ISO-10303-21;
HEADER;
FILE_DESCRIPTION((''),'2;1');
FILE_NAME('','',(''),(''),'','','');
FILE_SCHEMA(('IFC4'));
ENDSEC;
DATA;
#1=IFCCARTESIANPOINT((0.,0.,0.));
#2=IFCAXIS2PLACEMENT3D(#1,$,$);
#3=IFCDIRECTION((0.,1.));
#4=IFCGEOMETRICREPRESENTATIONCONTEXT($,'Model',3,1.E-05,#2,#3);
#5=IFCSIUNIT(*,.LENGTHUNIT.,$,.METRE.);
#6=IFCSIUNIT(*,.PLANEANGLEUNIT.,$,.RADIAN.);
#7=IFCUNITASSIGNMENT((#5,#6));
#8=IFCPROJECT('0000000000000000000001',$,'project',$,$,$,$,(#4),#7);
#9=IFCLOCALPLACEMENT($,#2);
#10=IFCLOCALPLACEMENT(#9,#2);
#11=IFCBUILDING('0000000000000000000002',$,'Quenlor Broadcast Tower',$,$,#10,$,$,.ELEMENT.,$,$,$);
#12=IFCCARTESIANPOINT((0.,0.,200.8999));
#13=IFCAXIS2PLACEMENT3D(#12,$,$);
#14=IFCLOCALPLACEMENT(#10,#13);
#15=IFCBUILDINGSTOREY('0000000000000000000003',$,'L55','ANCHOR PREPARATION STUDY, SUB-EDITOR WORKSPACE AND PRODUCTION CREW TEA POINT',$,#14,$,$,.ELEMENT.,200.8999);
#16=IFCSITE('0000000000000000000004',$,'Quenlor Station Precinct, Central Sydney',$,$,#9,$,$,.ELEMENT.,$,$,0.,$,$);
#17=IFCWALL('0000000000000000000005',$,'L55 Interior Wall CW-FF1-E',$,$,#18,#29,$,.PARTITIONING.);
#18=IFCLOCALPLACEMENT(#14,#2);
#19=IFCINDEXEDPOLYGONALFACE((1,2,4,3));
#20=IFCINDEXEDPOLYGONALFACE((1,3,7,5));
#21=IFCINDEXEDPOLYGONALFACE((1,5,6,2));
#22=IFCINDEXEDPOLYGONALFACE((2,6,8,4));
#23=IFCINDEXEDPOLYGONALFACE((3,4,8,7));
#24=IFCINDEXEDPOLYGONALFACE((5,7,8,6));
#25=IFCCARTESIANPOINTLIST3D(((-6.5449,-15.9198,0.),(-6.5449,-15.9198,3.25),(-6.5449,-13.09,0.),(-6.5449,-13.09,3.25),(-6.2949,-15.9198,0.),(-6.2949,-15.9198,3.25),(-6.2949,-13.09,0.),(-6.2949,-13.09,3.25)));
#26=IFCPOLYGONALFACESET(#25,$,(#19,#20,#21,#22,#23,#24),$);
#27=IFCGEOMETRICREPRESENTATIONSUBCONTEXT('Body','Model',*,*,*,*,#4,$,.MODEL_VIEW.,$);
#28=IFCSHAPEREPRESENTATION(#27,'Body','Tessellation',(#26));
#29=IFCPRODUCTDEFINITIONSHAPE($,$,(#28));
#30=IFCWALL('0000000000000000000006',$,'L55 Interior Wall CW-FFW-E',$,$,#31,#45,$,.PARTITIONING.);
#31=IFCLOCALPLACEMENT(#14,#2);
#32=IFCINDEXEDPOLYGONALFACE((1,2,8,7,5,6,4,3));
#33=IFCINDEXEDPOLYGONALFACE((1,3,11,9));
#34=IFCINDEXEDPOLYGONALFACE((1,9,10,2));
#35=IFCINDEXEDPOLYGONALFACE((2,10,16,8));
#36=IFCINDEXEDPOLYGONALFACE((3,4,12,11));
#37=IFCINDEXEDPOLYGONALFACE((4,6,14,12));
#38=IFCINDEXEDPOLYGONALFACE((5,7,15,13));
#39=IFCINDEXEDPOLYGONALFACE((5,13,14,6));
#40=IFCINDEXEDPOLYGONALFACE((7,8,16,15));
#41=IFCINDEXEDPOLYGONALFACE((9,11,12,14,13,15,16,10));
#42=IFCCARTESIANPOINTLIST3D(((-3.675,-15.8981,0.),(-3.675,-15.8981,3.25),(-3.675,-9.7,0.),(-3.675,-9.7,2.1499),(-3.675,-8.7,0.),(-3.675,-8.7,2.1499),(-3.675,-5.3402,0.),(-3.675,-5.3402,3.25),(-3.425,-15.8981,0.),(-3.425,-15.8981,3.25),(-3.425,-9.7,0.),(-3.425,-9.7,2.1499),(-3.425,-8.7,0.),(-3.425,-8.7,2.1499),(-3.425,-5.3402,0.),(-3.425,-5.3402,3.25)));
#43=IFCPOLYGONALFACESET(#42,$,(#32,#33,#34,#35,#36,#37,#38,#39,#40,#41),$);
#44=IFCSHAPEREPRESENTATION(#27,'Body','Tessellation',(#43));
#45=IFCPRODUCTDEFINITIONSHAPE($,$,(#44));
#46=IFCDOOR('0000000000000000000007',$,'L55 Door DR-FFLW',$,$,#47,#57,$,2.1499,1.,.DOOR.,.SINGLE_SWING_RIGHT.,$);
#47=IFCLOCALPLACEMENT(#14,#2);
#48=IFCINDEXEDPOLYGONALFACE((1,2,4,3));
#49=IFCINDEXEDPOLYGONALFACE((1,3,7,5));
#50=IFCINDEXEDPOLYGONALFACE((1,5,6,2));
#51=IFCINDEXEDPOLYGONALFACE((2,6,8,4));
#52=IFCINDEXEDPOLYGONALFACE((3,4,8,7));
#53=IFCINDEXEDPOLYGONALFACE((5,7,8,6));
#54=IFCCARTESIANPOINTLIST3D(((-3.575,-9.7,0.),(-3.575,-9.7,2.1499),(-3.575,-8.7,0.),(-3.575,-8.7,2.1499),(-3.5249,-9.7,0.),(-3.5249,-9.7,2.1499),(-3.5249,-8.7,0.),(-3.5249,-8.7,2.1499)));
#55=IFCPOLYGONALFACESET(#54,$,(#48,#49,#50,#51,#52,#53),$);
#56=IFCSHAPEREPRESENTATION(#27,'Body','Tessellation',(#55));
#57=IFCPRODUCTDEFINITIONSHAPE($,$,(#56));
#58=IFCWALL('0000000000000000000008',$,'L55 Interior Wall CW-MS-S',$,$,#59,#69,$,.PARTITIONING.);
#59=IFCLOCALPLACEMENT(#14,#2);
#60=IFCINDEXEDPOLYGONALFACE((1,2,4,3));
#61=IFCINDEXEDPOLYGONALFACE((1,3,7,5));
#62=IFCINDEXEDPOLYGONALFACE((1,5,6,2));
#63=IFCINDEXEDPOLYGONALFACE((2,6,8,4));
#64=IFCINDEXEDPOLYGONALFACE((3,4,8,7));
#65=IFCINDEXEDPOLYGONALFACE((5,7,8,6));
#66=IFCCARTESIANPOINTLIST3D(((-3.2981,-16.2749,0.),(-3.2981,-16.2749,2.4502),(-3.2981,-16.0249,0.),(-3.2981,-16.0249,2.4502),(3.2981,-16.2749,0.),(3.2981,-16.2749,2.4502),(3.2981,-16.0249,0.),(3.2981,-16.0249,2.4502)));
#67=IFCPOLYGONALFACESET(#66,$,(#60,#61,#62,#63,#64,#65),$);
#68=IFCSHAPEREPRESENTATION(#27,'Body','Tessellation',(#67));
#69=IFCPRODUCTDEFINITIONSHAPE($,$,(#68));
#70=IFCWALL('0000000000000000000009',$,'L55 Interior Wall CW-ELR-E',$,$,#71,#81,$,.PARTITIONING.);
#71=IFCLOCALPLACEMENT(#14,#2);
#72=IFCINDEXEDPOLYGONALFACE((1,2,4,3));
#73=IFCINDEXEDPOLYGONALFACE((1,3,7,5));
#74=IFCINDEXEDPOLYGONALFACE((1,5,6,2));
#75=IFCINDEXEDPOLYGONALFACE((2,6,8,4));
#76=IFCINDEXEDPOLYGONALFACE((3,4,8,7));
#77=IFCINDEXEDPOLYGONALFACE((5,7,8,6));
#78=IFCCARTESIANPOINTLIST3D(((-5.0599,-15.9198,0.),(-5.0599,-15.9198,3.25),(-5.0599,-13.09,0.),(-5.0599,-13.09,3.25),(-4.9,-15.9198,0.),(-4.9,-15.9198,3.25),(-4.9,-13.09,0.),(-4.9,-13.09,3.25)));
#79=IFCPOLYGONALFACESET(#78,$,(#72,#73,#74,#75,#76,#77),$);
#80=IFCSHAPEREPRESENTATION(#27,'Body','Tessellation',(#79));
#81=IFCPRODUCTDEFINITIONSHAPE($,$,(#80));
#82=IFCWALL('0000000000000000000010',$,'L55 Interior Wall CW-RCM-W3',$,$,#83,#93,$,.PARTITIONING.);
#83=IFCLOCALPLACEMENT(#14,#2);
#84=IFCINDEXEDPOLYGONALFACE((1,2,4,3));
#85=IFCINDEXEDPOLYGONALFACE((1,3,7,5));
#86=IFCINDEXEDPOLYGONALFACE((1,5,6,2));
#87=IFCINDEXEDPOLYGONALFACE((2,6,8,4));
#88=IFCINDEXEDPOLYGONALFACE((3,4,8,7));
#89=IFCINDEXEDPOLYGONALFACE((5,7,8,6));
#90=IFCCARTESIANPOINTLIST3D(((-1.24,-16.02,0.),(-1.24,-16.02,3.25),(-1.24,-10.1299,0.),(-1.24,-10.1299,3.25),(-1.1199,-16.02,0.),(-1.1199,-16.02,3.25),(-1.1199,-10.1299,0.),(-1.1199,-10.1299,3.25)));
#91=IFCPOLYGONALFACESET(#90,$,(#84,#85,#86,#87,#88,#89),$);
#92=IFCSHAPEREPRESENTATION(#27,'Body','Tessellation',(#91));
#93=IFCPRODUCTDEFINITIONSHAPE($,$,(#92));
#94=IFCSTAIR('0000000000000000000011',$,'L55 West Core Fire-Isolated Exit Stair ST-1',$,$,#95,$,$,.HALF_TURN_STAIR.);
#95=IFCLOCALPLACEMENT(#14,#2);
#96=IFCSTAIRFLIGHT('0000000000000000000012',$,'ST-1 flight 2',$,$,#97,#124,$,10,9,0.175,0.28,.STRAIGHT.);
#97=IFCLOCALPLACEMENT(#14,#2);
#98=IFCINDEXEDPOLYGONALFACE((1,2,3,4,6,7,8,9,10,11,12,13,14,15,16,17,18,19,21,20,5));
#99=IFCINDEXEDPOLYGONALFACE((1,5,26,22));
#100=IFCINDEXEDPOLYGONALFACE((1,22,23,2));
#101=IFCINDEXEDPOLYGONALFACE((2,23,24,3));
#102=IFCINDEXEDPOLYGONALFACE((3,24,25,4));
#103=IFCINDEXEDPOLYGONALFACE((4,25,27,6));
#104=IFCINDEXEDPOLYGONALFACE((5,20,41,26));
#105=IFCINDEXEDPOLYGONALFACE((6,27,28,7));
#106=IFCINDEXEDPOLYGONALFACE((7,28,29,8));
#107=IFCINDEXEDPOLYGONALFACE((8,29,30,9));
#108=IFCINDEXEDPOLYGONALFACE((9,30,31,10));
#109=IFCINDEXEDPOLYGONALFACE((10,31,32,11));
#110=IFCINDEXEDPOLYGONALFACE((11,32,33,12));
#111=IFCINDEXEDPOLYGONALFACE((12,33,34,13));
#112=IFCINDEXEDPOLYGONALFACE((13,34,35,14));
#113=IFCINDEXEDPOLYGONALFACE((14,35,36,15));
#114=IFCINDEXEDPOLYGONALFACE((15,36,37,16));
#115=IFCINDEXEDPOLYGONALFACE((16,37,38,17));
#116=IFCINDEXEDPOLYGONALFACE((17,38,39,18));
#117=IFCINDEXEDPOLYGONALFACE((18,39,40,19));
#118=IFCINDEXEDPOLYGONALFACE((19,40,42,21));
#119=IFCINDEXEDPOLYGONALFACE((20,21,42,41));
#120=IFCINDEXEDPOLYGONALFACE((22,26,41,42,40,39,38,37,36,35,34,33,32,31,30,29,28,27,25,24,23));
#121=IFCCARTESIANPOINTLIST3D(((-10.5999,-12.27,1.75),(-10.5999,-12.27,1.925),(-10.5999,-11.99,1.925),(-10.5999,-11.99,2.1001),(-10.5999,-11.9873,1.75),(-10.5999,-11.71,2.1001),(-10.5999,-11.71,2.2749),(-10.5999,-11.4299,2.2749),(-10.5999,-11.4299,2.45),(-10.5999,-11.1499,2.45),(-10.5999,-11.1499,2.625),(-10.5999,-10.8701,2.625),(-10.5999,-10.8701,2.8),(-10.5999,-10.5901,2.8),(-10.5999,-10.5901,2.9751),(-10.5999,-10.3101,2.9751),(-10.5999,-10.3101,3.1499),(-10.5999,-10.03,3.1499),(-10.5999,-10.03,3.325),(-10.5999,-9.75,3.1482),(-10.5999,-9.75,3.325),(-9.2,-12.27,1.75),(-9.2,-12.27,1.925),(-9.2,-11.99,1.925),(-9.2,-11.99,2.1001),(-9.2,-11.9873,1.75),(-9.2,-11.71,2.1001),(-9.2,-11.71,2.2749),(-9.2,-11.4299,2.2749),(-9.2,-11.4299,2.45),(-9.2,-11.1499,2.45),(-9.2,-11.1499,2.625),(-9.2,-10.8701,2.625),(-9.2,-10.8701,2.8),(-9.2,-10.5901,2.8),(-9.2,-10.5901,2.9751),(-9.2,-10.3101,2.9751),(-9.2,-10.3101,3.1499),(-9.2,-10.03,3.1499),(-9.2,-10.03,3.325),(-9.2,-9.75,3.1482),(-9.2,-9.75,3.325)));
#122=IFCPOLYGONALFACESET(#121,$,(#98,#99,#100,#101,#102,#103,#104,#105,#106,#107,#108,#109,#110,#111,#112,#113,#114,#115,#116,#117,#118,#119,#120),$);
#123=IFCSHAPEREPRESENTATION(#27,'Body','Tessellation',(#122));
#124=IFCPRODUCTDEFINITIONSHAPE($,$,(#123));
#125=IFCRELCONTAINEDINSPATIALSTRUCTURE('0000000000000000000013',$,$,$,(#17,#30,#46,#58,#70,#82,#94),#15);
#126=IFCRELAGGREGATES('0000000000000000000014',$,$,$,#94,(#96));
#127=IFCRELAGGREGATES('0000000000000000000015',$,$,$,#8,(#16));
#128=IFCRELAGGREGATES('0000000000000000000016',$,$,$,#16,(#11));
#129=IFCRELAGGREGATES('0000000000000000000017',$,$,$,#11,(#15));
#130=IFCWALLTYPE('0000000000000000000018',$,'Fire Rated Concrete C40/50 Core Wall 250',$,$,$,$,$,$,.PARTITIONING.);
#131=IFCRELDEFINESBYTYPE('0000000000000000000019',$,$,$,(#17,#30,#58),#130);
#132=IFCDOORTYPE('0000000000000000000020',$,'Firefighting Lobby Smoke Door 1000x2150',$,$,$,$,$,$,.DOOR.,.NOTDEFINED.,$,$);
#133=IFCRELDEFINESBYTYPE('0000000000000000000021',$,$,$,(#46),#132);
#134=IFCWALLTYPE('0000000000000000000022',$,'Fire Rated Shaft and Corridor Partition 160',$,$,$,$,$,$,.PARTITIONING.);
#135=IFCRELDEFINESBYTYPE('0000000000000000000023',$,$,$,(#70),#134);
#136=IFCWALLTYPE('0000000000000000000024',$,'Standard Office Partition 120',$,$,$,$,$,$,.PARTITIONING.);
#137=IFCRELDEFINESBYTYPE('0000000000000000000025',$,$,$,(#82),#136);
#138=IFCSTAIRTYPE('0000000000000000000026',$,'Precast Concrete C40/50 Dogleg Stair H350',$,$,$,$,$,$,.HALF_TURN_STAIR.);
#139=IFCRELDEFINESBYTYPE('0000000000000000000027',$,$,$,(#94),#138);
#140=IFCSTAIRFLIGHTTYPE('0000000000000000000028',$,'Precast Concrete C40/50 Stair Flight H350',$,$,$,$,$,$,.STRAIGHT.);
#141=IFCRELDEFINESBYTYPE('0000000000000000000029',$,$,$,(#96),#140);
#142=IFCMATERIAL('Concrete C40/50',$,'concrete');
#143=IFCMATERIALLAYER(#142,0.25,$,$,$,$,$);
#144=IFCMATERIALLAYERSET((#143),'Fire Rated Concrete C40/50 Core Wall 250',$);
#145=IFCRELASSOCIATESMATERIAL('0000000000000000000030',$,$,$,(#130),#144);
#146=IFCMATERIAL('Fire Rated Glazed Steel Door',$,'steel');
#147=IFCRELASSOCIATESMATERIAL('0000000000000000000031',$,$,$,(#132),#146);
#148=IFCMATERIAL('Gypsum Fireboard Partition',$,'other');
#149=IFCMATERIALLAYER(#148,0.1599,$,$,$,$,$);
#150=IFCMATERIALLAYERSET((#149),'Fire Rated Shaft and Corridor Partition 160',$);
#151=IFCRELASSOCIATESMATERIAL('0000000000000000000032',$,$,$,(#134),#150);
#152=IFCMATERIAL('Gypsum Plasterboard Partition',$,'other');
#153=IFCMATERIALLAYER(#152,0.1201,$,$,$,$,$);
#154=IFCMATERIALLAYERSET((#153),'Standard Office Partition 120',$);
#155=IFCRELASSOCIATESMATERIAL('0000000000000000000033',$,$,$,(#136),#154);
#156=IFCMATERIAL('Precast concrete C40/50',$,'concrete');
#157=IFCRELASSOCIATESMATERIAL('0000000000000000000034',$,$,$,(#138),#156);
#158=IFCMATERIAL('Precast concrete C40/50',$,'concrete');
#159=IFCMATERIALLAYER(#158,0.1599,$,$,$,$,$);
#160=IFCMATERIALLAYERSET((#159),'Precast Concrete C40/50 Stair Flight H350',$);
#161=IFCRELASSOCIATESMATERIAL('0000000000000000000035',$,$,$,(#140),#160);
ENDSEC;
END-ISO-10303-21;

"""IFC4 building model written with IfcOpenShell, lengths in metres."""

from ifc_helpers import new_model, si_unit, direction, frame, frame_2d, origin, place, context, subcontext, project, spatial, polyline, rectangle, outline, extrude, material, layer, layer_set, type_object, element, fill, aggregate, save


model = new_model("IFC4")

# Units and contexts
model_context = context("Model", 3, precision=1e-05, world=origin(), true_north=direction((0.0, 1.0)))
body_context = subcontext(model_context, "Body", "Model", "MODEL_VIEW")
ifc_project = project(units=[si_unit("LENGTHUNIT", "METRE"), si_unit("PLANEANGLEUNIT", "RADIAN")], contexts=[model_context])

# Site, building, storey
site_placement = place(None, origin())
site = spatial("IfcSite", under=ifc_project, at=site_placement, Name="Quenlor Station Precinct, Central Sydney", CompositionType="ELEMENT", RefElevation=0.0)
building_placement = place(site_placement, origin())
building = spatial("IfcBuilding", under=site, at=building_placement, Name="Quenlor Broadcast Tower", CompositionType="ELEMENT")
storey_placement = place(building_placement, frame((0.0, 0.0, 200.8999)))
storey = spatial("IfcBuildingStorey", under=building, at=storey_placement, Name="L55", Description="ANCHOR PREPARATION STUDY, SUB-EDITOR WORKSPACE AND PRODUCTION CREW TEA POINT", CompositionType="ELEMENT", Elevation=200.8999)

# Shared definitions
ifc_material_1 = material(Name="Concrete C40/50", Category="concrete")
ifc_layer_1 = layer(ifc_material_1, 0.25)
ifc_layer_set_1 = layer_set([ifc_layer_1], Name="Fire Rated Concrete C40/50 Core Wall 250")
wall_type_1 = type_object("IfcWallType", Name="Fire Rated Concrete C40/50 Core Wall 250", PredefinedType="PARTITIONING", material=ifc_layer_set_1)

# Wall
wall_1_placement = place(storey_placement, frame((-6.4199, -15.9199, 0.0), z_axis=(0.0, 0.0, 1.0), x_axis=(0.0, 1.0, 0.0)))
element("IfcWall", 1, at=wall_1_placement, inside=storey, type_object=wall_type_1, Name="L55 Interior Wall CW-FF1-E", PredefinedType="PARTITIONING", context=body_context, shape_type="SweptSolid", body=[
    extrude(rectangle(XDim=2.8298, YDim=0.25, at=frame_2d((1.415, 0.0))), origin(), (0.0, 0.0, 1.0), 3.25),
])

# Wall, opening, door
wall_2_placement = place(storey_placement, frame((-3.55, -15.8979, 0.0), z_axis=(0.0, 0.0, 1.0), x_axis=(0.0, 1.0, 0.0)))
wall_2 = element("IfcWall", 2, at=wall_2_placement, inside=storey, type_object=wall_type_1, Name="L55 Interior Wall CW-FFW-E", PredefinedType="PARTITIONING", context=body_context, shape_type="SweptSolid", body=[
    extrude(rectangle(XDim=10.5579, YDim=0.25, at=frame_2d((5.2788, 0.0))), origin(), (0.0, 0.0, 1.0), 3.25),
])
opening_1_placement = place(wall_2_placement, frame((6.198, 0.0, 0.0)))
opening_1 = element("IfcOpeningElement", 3, at=opening_1_placement, cuts=wall_2, PredefinedType="OPENING", context=body_context, shape_type="SweptSolid", body=[
    extrude(rectangle(XDim=1.0, YDim=2.1499, at=frame_2d((0.5, 1.075))), frame((0.0, 0.135, 0.0), z_axis=(0.0, -1.0, 0.0), x_axis=(1.0, 0.0, 0.0)), (0.0, 0.0, 1.0), 0.27),
])
ifc_material_2 = material(Name="Fire Rated Glazed Steel Door", Category="steel")
door_type_1 = type_object("IfcDoorType", Name="Firefighting Lobby Smoke Door 1000x2150", OperationType="NOTDEFINED", PredefinedType="DOOR", material=ifc_material_2)
door_1_placement = place(opening_1_placement, origin())
door_1 = element("IfcDoor", 4, at=door_1_placement, inside=storey, type_object=door_type_1, Name="L55 Door DR-FFLW", OperationType="SINGLE_SWING_RIGHT", OverallHeight=2.1499, OverallWidth=1.0, PredefinedType="DOOR", context=body_context, shape_type="SweptSolid", body=[
    extrude(rectangle(XDim=1.0, YDim=2.1499, at=frame_2d((0.5, 1.075))), frame((0.0, 0.0249, 0.0), z_axis=(0.0, -1.0, 0.0), x_axis=(1.0, 0.0, 0.0)), (0.0, 0.0, 1.0), 0.05),
])
fill(opening_1, door_1)

# Walls
wall_3_placement = place(storey_placement, frame((-3.2981, -16.1499, 0.0), z_axis=(0.0, 0.0, 1.0), x_axis=(1.0, 0.0, 0.0)))
element("IfcWall", 5, at=wall_3_placement, inside=storey, type_object=wall_type_1, Name="L55 Interior Wall CW-MS-S", PredefinedType="PARTITIONING", context=body_context, shape_type="SweptSolid", body=[
    extrude(rectangle(XDim=6.5962, YDim=0.25, at=frame_2d((3.2981, 0.0))), origin(), (0.0, 0.0, 1.0), 2.4502),
])
ifc_material_3 = material(Name="Gypsum Fireboard Partition", Category="other")
ifc_layer_2 = layer(ifc_material_3, 0.1599)
ifc_layer_set_2 = layer_set([ifc_layer_2], Name="Fire Rated Shaft and Corridor Partition 160")
wall_type_2 = type_object("IfcWallType", Name="Fire Rated Shaft and Corridor Partition 160", PredefinedType="PARTITIONING", material=ifc_layer_set_2)
wall_4_placement = place(storey_placement, frame((-4.98, -15.9199, 0.0), z_axis=(0.0, 0.0, 1.0), x_axis=(0.0, 1.0, 0.0)))
element("IfcWall", 6, at=wall_4_placement, inside=storey, type_object=wall_type_2, Name="L55 Interior Wall CW-ELR-E", PredefinedType="PARTITIONING", context=body_context, shape_type="SweptSolid", body=[
    extrude(rectangle(XDim=2.8298, YDim=0.1599, at=frame_2d((1.415, 0.0))), origin(), (0.0, 0.0, 1.0), 3.25),
])

# Shared definitions
ifc_material_4 = material(Name="Gypsum Plasterboard Partition", Category="other")
ifc_layer_3 = layer(ifc_material_4, 0.1201)
ifc_layer_set_3 = layer_set([ifc_layer_3], Name="Standard Office Partition 120")
wall_type_3 = type_object("IfcWallType", Name="Standard Office Partition 120", PredefinedType="PARTITIONING", material=ifc_layer_set_3)

# Wall
wall_5_placement = place(storey_placement, frame((-1.1799, -16.02, 0.0), z_axis=(0.0, 0.0, 1.0), x_axis=(0.0, 1.0, 0.0)))
element("IfcWall", 7, at=wall_5_placement, inside=storey, type_object=wall_type_3, Name="L55 Interior Wall CW-RCM-W3", PredefinedType="PARTITIONING", context=body_context, shape_type="SweptSolid", body=[
    extrude(rectangle(XDim=5.8901, YDim=0.1201, at=frame_2d((2.9451, 0.0))), origin(), (0.0, 0.0, 1.0), 3.25),
])

# Stair, stair flight
ifc_material_5 = material(Name="Precast concrete C40/50", Category="concrete")
stair_type = type_object("IfcStairType", Name="Precast Concrete C40/50 Dogleg Stair H350", PredefinedType="HALF_TURN_STAIR", material=ifc_material_5)
stair_placement = place(storey_placement, origin())
stair = element("IfcStair", 8, at=stair_placement, inside=storey, type_object=stair_type, Name="L55 West Core Fire-Isolated Exit Stair ST-1", PredefinedType="HALF_TURN_STAIR")
ifc_material_6 = material(Name="Precast concrete C40/50", Category="concrete")
ifc_layer_4 = layer(ifc_material_6, 0.1599)
ifc_layer_set_4 = layer_set([ifc_layer_4], Name="Precast Concrete C40/50 Stair Flight H350")
stair_flight_type = type_object("IfcStairFlightType", Name="Precast Concrete C40/50 Stair Flight H350", PredefinedType="STRAIGHT", material=ifc_layer_set_4)
stair_flight_placement = place(storey_placement, frame((-9.8999, -12.27, 1.75), z_axis=(0.0, 0.0, 1.0), x_axis=(0.0, 1.0, 0.0)))
stair_flight = element("IfcStairFlight", 9, at=stair_flight_placement, type_object=stair_flight_type, Name="ST-1 flight 2", NumberOfRisers=10, NumberOfTreads=9, PredefinedType="STRAIGHT", RiserHeight=0.175, TreadLength=0.28, context=body_context, shape_type="SweptSolid", body=[
    extrude(outline(polyline([(0.0, 0.0), (0.0, 0.175), (0.28, 0.175), (0.28, 0.3501), (0.5601, 0.3501), (0.5601, 0.5249), (0.8401, 0.5249), (0.8401, 0.7), (1.1201, 0.7), (1.1201, 0.875), (1.3999, 0.875), (1.3999, 1.05), (1.6799, 1.05), (1.6799, 1.2251), (1.96, 1.2251), (1.96, 1.3999), (2.24, 1.3999), (2.24, 1.575), (2.52, 1.575), (2.52, 1.75), (2.52, 1.3982), (0.2827, 0.0), (0.0, 0.0)])), frame((0.0, 0.7, 0.0), z_axis=(0.0, -1.0, 0.0), x_axis=(1.0, 0.0, 0.0)), (0.0, 0.0, 1.0), 1.3999),
])
aggregate(stair, [stair_flight])

save(model, "model.ifc")
